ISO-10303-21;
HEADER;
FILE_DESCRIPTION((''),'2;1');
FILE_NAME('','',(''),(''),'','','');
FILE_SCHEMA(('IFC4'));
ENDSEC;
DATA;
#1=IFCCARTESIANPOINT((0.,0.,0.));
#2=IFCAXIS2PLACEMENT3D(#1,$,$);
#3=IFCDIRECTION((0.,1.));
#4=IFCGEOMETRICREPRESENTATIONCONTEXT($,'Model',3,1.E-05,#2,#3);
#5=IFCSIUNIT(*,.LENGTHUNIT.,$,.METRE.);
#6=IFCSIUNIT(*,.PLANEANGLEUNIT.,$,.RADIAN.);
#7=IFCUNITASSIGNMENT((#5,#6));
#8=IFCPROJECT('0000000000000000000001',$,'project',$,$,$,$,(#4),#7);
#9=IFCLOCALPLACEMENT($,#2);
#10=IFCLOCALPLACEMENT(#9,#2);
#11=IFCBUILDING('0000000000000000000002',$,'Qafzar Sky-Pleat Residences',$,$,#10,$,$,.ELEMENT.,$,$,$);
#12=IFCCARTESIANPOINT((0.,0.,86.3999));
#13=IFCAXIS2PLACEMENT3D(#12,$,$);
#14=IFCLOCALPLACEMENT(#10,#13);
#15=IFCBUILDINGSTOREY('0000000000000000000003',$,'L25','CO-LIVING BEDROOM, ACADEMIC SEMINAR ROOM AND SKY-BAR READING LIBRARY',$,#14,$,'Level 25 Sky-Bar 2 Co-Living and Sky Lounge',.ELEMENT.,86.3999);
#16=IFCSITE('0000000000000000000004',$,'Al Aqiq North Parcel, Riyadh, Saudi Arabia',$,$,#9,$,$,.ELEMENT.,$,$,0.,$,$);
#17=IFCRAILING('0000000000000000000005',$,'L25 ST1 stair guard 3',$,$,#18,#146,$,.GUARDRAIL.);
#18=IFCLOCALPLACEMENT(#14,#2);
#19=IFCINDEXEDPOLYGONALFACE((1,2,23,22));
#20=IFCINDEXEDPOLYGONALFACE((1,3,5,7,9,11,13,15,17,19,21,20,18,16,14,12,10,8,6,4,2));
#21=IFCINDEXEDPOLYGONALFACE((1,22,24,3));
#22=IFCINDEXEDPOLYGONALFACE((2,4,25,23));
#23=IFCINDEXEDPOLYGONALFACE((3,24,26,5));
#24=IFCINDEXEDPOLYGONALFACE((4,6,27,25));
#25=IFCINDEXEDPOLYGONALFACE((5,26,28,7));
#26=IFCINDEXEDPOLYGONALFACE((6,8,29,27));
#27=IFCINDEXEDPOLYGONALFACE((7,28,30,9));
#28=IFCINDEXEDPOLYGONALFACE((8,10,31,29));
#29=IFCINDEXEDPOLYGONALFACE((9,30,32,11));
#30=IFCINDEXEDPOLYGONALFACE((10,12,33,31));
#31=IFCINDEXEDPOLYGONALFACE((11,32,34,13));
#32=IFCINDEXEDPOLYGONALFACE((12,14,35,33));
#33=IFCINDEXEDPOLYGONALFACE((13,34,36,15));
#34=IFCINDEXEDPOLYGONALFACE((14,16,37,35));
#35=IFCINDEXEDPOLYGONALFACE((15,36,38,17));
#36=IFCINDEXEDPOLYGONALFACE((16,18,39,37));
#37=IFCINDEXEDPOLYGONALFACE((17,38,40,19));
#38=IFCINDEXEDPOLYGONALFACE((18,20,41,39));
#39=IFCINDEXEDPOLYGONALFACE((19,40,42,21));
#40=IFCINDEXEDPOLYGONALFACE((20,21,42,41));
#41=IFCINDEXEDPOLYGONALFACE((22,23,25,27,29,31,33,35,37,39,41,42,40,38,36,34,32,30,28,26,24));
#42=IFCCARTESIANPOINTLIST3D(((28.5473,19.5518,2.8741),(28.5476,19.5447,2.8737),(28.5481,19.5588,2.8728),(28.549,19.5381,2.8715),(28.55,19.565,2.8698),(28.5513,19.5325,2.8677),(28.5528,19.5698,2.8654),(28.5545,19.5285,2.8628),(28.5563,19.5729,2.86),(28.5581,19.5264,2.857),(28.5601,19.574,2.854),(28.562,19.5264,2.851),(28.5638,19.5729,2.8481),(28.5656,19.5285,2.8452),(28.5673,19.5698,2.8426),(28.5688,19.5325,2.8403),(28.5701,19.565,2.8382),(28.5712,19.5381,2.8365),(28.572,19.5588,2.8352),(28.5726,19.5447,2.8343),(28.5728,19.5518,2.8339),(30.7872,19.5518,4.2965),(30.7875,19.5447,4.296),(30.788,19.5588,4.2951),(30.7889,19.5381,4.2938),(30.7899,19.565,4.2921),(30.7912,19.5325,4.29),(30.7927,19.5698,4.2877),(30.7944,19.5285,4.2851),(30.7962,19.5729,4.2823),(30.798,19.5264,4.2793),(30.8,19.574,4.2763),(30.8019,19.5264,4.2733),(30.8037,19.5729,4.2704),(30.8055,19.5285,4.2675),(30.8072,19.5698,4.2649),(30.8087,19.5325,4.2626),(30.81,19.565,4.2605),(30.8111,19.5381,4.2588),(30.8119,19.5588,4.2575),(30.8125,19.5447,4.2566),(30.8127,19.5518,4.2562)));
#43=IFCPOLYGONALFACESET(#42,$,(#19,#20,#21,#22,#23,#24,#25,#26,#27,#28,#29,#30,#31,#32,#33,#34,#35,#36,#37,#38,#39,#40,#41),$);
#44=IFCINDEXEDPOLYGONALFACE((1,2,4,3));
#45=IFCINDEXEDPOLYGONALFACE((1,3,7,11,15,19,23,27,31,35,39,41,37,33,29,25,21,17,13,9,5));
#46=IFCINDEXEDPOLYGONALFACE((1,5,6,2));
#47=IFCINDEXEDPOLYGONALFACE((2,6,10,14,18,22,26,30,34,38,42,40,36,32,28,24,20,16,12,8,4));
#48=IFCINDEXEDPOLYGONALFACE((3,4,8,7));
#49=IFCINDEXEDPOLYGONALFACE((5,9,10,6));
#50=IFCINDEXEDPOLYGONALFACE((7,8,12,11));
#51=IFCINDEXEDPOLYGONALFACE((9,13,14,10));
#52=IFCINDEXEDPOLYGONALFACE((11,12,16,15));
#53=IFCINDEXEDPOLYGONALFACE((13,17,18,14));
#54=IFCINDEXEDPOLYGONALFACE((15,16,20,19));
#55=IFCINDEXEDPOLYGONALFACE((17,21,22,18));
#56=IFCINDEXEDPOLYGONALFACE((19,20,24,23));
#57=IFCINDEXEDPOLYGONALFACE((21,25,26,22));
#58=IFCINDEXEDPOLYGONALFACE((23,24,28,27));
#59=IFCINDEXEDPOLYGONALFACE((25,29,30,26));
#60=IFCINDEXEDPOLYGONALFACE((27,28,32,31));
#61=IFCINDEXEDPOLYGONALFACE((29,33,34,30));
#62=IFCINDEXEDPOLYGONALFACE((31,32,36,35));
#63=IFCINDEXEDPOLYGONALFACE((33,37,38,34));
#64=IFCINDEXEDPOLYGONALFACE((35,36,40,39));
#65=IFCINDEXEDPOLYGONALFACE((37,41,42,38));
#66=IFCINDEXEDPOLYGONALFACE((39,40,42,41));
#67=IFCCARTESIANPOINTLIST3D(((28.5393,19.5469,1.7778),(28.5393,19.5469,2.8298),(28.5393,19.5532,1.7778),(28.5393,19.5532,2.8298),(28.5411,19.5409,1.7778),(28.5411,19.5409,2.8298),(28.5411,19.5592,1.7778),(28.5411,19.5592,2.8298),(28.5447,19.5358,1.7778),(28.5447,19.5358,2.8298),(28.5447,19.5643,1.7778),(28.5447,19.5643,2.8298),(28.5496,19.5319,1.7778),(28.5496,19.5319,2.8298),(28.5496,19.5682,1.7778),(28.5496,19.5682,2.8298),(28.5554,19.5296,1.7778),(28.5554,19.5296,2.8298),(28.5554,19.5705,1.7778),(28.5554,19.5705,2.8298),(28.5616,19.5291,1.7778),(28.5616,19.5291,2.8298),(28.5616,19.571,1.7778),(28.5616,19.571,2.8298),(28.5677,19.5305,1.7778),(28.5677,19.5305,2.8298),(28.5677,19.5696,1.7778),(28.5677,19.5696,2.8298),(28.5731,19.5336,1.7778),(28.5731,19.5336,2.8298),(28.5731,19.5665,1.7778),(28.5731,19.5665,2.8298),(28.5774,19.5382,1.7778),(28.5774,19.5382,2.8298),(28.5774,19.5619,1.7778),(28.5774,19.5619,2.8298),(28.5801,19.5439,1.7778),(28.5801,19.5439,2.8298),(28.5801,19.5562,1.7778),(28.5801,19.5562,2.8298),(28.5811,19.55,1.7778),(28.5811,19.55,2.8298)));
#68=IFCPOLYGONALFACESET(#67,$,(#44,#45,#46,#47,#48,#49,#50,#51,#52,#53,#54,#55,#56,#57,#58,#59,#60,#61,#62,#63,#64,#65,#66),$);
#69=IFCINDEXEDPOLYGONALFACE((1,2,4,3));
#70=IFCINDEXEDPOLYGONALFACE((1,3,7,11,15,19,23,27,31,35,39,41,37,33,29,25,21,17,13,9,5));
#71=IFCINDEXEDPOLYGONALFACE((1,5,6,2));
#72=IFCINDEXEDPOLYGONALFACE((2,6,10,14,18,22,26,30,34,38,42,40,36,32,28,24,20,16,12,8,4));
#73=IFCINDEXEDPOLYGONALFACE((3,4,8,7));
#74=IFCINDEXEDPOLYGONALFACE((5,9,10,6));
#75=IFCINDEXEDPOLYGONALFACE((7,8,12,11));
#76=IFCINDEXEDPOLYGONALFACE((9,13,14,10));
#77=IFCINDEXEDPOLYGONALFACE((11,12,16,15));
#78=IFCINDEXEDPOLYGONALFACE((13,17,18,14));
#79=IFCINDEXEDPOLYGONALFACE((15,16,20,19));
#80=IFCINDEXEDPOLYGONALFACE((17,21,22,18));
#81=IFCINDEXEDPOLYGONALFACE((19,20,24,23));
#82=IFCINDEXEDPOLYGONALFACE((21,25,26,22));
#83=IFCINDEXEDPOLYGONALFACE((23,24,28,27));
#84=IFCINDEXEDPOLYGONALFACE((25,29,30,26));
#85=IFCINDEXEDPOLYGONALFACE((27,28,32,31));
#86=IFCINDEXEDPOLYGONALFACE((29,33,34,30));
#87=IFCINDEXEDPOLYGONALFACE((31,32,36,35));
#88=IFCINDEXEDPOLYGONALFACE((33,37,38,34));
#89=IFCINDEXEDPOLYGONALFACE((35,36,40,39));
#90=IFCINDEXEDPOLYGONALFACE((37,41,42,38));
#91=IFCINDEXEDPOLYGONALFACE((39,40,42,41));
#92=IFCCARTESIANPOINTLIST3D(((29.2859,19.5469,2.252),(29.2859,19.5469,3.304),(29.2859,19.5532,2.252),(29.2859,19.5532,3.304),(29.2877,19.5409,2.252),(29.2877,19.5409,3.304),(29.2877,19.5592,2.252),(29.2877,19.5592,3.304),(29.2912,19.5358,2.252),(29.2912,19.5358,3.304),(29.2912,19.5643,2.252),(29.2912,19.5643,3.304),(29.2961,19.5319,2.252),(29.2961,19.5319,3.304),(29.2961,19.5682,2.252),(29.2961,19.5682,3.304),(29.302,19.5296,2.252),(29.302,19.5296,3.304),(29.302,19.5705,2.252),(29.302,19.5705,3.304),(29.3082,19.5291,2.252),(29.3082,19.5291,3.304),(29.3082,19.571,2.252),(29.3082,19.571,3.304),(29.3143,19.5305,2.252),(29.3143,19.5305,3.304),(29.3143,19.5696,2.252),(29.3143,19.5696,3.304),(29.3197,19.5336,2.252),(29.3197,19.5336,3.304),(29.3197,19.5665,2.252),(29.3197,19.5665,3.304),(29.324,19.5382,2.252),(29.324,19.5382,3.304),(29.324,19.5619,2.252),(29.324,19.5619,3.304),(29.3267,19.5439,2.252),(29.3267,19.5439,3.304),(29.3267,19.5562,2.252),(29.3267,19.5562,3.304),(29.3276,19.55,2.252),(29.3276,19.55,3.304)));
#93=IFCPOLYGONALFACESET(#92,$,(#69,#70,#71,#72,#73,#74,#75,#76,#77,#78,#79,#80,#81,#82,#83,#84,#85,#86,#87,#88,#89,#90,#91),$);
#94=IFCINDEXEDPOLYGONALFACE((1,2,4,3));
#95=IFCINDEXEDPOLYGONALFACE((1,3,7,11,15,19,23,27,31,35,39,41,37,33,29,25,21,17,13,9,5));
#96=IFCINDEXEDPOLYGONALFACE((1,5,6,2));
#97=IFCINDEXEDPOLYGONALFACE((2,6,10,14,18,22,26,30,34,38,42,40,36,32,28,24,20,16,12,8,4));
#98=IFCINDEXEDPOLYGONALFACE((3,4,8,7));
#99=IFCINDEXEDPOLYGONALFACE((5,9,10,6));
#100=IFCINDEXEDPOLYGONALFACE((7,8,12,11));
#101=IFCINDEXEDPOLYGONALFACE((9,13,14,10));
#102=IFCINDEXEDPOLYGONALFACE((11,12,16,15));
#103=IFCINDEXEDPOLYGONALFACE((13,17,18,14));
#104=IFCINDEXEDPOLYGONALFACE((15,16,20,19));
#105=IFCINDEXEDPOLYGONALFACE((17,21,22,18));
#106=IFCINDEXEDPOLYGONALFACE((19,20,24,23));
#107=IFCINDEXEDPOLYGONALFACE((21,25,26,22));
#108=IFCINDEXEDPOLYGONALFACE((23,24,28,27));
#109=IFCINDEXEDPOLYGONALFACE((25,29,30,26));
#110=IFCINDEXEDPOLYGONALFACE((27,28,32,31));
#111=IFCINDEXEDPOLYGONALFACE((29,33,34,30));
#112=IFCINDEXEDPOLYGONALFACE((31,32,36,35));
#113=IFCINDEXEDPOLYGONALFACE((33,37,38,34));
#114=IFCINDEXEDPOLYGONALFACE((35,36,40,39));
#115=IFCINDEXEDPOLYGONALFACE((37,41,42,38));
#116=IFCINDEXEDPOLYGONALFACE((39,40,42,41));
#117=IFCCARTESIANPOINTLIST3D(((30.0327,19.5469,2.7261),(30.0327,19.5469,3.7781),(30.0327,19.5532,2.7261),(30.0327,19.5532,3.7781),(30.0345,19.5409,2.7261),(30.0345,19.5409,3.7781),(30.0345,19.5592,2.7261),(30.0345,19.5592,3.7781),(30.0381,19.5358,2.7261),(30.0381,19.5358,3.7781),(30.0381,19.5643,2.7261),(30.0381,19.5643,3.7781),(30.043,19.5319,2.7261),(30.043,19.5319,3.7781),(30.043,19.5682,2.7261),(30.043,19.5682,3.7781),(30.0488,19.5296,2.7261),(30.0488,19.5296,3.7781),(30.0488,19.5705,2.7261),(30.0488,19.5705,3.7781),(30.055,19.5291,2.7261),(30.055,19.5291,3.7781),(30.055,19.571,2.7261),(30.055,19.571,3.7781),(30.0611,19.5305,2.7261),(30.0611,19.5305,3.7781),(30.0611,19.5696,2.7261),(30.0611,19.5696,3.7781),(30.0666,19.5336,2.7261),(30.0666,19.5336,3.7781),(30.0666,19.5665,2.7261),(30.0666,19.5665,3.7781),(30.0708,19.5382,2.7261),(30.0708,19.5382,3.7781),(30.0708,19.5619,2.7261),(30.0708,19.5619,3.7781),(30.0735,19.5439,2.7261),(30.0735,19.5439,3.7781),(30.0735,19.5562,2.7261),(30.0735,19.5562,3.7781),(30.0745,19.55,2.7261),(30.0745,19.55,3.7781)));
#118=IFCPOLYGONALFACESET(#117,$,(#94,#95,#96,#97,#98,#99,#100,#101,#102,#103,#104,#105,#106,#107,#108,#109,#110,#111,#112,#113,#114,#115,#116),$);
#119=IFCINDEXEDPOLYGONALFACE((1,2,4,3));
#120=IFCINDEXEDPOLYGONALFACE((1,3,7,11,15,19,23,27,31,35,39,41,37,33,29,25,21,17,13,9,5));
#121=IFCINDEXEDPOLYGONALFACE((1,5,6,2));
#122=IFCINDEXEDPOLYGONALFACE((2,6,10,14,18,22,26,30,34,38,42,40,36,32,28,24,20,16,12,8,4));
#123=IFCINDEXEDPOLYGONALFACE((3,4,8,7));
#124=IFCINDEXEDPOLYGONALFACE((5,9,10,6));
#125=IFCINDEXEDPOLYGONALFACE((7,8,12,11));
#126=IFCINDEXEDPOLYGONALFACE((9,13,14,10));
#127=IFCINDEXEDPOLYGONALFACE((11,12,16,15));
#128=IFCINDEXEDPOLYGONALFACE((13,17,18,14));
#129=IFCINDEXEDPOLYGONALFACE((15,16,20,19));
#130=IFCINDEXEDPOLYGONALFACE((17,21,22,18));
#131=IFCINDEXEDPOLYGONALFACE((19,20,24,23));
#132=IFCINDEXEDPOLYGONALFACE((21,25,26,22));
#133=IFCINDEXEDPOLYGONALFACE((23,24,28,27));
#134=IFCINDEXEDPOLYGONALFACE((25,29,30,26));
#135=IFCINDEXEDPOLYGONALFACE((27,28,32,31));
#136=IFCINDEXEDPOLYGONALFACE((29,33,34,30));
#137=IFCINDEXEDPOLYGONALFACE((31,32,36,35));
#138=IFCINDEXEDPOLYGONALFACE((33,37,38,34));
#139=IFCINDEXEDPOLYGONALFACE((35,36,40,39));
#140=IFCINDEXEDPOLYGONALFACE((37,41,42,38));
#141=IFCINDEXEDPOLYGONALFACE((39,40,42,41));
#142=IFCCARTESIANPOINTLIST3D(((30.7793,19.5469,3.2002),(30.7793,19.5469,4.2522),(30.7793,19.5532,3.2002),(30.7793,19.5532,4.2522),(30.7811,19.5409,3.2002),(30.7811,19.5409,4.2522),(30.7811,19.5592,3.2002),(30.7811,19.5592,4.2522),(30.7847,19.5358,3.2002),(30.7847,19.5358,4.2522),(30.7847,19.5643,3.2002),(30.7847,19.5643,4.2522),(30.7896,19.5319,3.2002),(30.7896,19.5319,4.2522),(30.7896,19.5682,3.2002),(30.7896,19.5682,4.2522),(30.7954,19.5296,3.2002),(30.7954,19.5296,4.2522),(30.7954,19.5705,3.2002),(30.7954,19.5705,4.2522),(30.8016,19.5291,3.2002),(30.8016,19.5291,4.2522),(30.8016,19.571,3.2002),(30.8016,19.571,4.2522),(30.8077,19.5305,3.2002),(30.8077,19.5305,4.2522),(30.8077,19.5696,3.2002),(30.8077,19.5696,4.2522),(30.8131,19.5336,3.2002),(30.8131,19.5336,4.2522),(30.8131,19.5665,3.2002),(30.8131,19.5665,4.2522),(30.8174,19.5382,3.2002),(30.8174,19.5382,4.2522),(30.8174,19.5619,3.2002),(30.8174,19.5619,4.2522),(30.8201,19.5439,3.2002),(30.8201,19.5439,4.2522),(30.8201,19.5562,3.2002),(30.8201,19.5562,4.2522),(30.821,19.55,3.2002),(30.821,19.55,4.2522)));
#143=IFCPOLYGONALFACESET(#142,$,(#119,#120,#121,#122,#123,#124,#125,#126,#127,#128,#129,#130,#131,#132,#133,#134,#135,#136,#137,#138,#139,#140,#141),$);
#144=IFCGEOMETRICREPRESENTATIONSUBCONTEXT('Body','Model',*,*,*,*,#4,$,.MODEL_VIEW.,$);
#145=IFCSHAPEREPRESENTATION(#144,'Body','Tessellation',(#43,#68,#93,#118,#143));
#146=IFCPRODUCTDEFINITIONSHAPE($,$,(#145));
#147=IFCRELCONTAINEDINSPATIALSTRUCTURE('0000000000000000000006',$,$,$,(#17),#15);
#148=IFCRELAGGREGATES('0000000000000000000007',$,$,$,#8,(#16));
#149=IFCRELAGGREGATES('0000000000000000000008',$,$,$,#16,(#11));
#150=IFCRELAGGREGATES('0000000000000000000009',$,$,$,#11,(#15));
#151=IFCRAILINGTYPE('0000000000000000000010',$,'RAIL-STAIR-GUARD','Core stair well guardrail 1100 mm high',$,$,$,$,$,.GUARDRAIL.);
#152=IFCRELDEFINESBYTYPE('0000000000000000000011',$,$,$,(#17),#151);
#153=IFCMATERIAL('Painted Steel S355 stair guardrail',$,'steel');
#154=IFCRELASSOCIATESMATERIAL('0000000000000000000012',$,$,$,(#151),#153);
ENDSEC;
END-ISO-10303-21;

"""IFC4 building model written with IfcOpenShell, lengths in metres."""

from ifc_helpers import new_model, si_unit, direction, frame, origin, origin_2d, place, context, subcontext, project, spatial, circle, extrude, source, transform, mapped, material, type_object, element, save


model = new_model("IFC4")

# Units and contexts
model_context = context("Model", 3, precision=1e-05, world=origin(), true_north=direction((0.0, 1.0)))
body_context = subcontext(model_context, "Body", "Model", "MODEL_VIEW")
ifc_project = project(units=[si_unit("LENGTHUNIT", "METRE"), si_unit("PLANEANGLEUNIT", "RADIAN")], contexts=[model_context])

# Site, building, storey
site_placement = place(None, origin())
site = spatial("IfcSite", under=ifc_project, at=site_placement, Name="Al Aqiq North Parcel, Riyadh, Saudi Arabia", CompositionType="ELEMENT", RefElevation=0.0)
building_placement = place(site_placement, origin())
building = spatial("IfcBuilding", under=site, at=building_placement, Name="Qafzar Sky-Pleat Residences", CompositionType="ELEMENT")
storey_placement = place(building_placement, frame((0.0, 0.0, 86.3999)))
storey = spatial("IfcBuildingStorey", under=building, at=storey_placement, Name="L25", Description="CO-LIVING BEDROOM, ACADEMIC SEMINAR ROOM AND SKY-BAR READING LIBRARY", LongName="Level 25 Sky-Bar 2 Co-Living and Sky Lounge", CompositionType="ELEMENT", Elevation=86.3999)

# Railing
ifc_material_1 = material(Name="Painted Steel S355 stair guardrail", Category="steel")
railing_type_1 = type_object("IfcRailingType", Name="RAIL-STAIR-GUARD", Description="Core stair well guardrail 1100 mm high", PredefinedType="GUARDRAIL", material=ifc_material_1)
shared_shape_1 = source(origin(), body_context, "Body", "SweptSolid", [
    extrude(circle(Radius=0.0239, at=origin_2d()), frame((0.0, 0.0, 1.0762), z_axis=(0.844188, 0.0, 0.536048), x_axis=(0.0, 1.0, 0.0)), (0.0, 0.0, 1.0), 2.6533),
    extrude(circle(Radius=0.021, at=origin_2d()), origin(), (0.0, 0.0, 1.0), 1.052),
    extrude(circle(Radius=0.021, at=origin_2d()), frame((0.7466, 0.0, 0.4741)), (0.0, 0.0, 1.0), 1.052),
    extrude(circle(Radius=0.021, at=origin_2d()), frame((1.4934, 0.0, 0.9482)), (0.0, 0.0, 1.0), 1.052),
    extrude(circle(Radius=0.021, at=origin_2d()), frame((2.24, 0.0, 1.4224)), (0.0, 0.0, 1.0), 1.052),
])
railing_1_placement = place(storey_placement, frame((28.5601, 19.55, 1.7778)))
element("IfcRailing", 1, at=railing_1_placement, inside=storey, type_object=railing_type_1, Name="L25 ST1 stair guard 3", PredefinedType="GUARDRAIL", context=body_context, shape_type="MappedRepresentation", body=[
    mapped(shared_shape_1, transform((0.0, 0.0, 0.0), x_axis=(1.0, 0.0, 0.0), y_axis=(0.0, 1.0, 0.0), z_axis=(0.0, 0.0, 1.0), scale=1.0)),
])

save(model, "model.ifc")
